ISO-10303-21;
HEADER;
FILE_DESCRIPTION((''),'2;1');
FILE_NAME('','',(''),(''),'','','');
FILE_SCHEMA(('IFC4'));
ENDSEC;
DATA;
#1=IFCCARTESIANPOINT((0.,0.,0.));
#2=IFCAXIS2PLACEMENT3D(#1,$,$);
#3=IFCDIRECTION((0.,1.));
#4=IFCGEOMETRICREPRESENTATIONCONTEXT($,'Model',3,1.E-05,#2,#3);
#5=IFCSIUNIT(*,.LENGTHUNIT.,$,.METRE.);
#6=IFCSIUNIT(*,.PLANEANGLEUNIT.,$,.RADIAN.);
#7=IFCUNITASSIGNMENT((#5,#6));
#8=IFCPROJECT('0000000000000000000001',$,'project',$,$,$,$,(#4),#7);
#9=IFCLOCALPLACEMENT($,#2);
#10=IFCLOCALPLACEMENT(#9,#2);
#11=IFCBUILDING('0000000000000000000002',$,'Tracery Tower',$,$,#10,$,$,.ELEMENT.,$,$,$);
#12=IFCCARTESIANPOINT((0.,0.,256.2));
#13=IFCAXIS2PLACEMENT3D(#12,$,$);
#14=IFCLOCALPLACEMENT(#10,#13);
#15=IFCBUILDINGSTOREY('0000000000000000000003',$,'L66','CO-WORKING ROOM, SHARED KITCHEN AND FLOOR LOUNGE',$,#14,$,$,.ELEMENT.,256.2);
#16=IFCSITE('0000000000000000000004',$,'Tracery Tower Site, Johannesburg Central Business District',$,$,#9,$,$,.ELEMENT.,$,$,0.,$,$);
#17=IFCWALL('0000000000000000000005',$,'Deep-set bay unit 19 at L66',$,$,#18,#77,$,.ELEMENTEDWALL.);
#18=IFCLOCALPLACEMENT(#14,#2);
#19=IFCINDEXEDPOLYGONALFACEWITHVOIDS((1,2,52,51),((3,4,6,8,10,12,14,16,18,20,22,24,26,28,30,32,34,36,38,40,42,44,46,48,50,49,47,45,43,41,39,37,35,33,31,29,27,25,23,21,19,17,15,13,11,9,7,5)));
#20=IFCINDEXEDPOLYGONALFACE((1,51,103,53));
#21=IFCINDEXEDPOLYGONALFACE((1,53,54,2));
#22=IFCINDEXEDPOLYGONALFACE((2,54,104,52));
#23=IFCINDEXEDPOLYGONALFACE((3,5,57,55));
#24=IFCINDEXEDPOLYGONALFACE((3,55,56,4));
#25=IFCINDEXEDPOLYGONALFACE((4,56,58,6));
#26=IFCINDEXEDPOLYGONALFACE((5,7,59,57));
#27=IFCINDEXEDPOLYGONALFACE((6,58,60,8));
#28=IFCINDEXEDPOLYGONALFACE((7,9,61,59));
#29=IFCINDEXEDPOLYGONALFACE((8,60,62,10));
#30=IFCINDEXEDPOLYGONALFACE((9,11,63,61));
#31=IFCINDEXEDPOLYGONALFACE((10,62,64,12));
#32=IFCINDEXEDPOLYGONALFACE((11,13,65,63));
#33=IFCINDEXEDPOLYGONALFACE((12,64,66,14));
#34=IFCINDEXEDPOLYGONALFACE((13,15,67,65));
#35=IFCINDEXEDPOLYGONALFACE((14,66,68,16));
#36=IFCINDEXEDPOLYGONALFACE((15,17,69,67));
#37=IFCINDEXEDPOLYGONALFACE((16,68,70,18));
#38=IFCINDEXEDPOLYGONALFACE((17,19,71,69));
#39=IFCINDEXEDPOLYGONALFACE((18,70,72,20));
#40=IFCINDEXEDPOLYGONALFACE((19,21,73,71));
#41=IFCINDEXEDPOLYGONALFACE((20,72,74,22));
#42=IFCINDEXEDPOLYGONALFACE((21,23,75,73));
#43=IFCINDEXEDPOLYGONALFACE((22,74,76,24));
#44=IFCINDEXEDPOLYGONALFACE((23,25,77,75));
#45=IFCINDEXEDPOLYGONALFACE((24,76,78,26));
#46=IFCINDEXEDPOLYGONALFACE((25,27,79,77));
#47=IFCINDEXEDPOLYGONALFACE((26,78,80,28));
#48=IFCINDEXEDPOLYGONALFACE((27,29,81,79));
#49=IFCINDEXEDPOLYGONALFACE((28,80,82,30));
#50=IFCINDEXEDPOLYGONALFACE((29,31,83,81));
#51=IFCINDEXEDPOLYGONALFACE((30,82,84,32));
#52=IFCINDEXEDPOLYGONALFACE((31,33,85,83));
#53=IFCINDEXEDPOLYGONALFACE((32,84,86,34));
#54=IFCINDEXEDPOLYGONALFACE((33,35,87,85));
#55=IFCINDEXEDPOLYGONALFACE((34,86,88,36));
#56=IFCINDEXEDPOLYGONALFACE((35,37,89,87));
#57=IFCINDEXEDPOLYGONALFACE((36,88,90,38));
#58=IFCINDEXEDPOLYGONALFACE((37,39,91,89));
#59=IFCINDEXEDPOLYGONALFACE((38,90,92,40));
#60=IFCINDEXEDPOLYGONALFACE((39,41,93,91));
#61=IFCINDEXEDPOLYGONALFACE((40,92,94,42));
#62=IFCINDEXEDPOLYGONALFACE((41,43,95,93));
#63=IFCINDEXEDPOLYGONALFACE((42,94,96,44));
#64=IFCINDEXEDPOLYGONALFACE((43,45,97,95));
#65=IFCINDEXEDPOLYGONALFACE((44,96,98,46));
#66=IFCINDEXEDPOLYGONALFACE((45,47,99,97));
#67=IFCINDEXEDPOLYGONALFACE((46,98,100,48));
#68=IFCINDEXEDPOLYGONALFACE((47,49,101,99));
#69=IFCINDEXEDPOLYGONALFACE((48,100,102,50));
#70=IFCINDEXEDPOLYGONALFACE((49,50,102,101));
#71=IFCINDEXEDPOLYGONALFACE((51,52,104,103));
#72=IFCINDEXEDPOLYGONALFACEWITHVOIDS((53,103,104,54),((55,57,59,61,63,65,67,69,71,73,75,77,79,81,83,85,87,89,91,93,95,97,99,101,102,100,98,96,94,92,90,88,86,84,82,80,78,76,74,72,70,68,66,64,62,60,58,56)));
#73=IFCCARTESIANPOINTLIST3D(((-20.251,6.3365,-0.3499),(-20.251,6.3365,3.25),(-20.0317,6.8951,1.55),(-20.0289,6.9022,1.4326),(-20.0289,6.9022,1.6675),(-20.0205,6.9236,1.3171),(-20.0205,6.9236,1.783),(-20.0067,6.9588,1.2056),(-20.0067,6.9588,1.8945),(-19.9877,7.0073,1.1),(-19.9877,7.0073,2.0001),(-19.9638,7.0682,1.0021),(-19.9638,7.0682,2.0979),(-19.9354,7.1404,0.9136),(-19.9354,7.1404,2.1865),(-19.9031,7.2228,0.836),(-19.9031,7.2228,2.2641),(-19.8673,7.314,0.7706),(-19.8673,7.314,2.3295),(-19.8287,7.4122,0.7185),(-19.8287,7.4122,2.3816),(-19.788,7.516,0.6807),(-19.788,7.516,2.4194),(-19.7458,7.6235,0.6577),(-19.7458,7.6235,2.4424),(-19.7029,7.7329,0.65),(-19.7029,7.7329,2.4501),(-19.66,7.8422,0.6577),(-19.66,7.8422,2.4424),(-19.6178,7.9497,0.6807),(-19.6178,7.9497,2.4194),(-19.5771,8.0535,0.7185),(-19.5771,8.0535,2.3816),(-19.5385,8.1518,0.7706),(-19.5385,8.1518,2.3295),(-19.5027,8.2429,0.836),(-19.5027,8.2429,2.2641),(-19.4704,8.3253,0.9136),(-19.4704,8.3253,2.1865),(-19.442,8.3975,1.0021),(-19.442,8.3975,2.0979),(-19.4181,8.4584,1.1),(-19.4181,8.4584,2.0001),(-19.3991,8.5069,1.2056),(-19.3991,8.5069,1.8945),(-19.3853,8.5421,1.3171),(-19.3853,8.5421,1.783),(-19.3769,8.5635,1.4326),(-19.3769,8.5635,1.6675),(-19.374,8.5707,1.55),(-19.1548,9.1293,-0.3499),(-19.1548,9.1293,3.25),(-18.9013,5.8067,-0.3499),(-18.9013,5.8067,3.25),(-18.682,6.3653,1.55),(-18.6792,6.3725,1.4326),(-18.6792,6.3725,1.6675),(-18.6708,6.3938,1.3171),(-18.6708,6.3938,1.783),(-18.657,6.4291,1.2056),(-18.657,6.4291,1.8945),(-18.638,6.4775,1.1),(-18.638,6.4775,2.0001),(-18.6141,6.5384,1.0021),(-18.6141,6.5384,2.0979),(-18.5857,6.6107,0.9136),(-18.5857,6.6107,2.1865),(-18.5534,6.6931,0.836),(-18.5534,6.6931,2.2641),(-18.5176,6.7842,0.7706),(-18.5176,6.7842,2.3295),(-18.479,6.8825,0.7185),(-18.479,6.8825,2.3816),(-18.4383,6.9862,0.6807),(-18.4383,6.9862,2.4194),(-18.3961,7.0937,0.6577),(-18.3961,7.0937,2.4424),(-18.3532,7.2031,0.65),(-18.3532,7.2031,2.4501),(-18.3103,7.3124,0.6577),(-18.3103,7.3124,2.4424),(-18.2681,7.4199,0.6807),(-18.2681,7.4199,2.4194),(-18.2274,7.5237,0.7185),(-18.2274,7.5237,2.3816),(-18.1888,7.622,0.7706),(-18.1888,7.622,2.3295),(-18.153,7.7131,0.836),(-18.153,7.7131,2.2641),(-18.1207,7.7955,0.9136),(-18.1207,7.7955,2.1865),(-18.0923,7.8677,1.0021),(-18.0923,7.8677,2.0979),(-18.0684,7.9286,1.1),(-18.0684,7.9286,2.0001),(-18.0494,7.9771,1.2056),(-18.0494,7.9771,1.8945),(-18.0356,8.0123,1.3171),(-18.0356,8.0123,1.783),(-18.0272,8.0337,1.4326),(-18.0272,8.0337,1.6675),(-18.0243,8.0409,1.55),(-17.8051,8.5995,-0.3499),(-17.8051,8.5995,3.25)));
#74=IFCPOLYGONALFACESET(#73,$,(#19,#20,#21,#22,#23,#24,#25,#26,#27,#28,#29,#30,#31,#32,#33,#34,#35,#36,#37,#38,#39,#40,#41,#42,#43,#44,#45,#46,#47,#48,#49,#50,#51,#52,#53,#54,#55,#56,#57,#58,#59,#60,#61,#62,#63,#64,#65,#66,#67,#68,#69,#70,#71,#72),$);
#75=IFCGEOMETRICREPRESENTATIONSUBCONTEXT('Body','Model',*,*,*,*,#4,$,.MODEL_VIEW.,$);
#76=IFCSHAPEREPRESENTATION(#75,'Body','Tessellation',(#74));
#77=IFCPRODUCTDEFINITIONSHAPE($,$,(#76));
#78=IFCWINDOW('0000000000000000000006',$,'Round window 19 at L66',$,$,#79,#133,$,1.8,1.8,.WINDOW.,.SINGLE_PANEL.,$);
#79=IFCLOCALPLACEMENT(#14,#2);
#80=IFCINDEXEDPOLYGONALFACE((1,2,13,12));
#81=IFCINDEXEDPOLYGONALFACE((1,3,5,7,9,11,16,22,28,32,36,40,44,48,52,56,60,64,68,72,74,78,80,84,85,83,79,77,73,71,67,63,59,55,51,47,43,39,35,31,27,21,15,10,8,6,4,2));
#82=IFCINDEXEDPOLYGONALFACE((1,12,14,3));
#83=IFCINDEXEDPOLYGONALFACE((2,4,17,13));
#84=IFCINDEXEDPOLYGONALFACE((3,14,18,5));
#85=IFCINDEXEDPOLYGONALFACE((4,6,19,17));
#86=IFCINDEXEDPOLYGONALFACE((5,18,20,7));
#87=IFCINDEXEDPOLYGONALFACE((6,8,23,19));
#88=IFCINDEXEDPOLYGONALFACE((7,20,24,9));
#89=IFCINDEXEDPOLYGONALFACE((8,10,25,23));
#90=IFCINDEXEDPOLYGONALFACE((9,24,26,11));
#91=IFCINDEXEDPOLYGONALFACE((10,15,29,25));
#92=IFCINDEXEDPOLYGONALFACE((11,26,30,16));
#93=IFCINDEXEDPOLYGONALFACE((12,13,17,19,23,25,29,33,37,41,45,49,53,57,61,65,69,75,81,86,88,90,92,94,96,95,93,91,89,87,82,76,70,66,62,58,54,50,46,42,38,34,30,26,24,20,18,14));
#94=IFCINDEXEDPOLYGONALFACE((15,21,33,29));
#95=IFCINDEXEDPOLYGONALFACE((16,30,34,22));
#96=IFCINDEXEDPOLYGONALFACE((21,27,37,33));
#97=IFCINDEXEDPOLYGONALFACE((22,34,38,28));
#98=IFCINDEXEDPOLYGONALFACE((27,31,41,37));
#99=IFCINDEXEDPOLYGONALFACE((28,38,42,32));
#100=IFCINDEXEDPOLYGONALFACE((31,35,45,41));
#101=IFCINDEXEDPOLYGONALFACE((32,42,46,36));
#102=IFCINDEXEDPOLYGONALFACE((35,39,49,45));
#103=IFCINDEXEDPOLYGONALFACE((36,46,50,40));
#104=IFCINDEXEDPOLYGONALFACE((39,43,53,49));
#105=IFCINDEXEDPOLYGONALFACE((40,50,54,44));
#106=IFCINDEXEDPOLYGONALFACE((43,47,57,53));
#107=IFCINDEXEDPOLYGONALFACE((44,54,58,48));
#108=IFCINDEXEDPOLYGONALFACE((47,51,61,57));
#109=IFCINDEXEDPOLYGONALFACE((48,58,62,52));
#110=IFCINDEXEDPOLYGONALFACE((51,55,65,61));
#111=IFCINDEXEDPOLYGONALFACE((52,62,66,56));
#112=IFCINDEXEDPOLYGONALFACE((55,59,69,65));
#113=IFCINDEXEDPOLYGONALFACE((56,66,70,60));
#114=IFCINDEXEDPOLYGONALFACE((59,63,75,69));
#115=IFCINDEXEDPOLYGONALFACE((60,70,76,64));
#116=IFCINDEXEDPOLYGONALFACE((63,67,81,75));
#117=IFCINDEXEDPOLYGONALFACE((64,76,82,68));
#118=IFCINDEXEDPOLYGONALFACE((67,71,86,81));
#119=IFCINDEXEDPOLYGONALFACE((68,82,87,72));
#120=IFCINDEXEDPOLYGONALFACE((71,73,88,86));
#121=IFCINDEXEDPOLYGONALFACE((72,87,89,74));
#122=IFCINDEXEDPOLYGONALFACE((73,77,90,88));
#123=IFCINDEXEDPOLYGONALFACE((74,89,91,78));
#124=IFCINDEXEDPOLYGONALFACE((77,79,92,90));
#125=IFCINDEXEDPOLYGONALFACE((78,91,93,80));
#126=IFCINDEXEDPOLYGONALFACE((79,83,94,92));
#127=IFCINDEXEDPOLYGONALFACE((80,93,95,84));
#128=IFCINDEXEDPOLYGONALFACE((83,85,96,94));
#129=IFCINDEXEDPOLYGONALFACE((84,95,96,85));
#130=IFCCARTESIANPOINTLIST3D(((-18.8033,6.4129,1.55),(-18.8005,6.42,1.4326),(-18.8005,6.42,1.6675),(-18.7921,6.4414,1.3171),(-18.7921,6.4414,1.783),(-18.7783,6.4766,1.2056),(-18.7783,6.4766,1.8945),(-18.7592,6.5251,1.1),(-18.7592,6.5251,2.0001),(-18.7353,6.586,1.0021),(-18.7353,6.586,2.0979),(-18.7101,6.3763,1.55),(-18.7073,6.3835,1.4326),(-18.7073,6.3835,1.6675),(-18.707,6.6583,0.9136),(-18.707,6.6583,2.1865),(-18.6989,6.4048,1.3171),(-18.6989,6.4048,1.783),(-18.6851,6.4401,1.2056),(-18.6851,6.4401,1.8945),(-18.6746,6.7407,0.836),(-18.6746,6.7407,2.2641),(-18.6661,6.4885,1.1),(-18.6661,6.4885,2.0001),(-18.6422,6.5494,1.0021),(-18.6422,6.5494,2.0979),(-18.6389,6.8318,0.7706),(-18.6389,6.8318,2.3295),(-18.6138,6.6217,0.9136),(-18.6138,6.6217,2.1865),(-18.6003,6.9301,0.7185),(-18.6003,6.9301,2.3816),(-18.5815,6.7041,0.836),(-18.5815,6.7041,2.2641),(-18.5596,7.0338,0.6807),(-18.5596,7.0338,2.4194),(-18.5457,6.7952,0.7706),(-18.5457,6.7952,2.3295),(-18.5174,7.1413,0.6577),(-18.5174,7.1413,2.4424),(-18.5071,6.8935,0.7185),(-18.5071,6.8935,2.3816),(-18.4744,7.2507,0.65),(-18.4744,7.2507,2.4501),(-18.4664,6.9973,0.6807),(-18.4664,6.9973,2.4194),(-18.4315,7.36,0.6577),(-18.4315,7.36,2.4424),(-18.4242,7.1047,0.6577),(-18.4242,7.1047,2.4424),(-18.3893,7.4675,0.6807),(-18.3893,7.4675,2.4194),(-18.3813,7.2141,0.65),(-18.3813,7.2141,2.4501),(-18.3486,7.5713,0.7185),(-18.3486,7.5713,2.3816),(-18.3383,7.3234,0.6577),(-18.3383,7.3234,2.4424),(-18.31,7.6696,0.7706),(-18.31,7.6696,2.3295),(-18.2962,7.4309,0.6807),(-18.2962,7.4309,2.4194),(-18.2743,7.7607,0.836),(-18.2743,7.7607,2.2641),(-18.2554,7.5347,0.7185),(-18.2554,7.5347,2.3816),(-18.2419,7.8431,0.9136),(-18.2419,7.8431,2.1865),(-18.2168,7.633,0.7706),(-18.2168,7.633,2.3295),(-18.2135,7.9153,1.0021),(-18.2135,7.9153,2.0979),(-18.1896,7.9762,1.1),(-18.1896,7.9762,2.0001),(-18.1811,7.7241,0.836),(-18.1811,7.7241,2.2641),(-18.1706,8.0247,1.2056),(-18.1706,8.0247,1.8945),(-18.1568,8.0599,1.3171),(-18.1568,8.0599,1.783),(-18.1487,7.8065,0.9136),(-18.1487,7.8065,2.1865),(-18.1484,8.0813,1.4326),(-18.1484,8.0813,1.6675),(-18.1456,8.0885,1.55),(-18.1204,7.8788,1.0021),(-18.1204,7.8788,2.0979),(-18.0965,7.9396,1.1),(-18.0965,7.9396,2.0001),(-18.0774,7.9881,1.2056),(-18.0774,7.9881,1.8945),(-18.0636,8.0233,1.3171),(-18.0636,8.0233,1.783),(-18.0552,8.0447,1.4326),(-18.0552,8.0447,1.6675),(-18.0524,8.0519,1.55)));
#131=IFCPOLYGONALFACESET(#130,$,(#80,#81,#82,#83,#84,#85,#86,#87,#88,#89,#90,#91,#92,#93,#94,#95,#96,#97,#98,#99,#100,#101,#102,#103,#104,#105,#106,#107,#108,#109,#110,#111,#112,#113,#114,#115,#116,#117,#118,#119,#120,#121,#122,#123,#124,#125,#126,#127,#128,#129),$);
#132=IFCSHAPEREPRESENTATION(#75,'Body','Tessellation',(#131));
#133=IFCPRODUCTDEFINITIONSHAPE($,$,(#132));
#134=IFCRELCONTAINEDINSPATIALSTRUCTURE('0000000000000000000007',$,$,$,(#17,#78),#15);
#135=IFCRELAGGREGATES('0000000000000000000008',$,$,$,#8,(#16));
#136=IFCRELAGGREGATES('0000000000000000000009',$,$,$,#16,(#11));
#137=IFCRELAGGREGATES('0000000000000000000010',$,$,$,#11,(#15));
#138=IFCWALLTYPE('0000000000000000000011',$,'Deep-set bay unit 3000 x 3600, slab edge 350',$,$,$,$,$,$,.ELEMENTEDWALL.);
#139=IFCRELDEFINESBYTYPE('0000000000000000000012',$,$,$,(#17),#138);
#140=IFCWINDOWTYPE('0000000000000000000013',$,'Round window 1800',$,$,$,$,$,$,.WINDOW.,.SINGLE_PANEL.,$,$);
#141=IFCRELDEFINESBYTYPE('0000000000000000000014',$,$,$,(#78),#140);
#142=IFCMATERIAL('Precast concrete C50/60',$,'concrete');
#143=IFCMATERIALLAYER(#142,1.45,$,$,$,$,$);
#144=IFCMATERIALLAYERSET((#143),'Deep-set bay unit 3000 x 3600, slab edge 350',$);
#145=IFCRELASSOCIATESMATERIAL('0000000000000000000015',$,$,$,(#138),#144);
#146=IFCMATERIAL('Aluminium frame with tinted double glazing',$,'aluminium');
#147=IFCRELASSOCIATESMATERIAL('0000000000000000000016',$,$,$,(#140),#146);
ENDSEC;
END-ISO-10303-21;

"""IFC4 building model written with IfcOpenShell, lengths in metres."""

from ifc_helpers import new_model, si_unit, direction, frame, frame_2d, origin, origin_2d, place, context, subcontext, project, spatial, rectangle, circle, extrude, material, layer, layer_set, type_object, element, fill, save


model = new_model("IFC4")

# Units and contexts
model_context = context("Model", 3, precision=1e-05, world=origin(), true_north=direction((0.0, 1.0)))
body_context = subcontext(model_context, "Body", "Model", "MODEL_VIEW")
ifc_project = project(units=[si_unit("LENGTHUNIT", "METRE"), si_unit("PLANEANGLEUNIT", "RADIAN")], contexts=[model_context])

# Site, building, storey
site_placement = place(None, origin())
site = spatial("IfcSite", under=ifc_project, at=site_placement, Name="Tracery Tower Site, Johannesburg Central Business District", CompositionType="ELEMENT", RefElevation=0.0)
building_placement = place(site_placement, origin())
building = spatial("IfcBuilding", under=site, at=building_placement, Name="Tracery Tower", CompositionType="ELEMENT")
storey_placement = place(building_placement, frame((0.0, 0.0, 256.2)))
storey = spatial("IfcBuildingStorey", under=building, at=storey_placement, Name="L66", Description="CO-WORKING ROOM, SHARED KITCHEN AND FLOOR LOUNGE", CompositionType="ELEMENT", Elevation=256.2)

# Wall, opening, window
ifc_material_1 = material(Name="Precast concrete C50/60", Category="concrete")
ifc_layer_1 = layer(ifc_material_1, 1.45)
ifc_layer_set_1 = layer_set([ifc_layer_1], Name="Deep-set bay unit 3000 x 3600, slab edge 350")
wall_type_1 = type_object("IfcWallType", Name="Deep-set bay unit 3000 x 3600, slab edge 350", PredefinedType="ELEMENTEDWALL", material=ifc_layer_set_1)
ifc_material_2 = material(Name="Aluminium frame with tinted double glazing", Category="aluminium")
window_type = type_object("IfcWindowType", Name="Round window 1800", PartitioningType="SINGLE_PANEL", PredefinedType="WINDOW", material=ifc_material_2)
wall_1_placement = place(storey_placement, frame((-18.48, 8.8643, -0.3499), z_axis=(0.0, 0.0, 1.0), x_axis=(-0.365378, -0.930859, 0.0)))
wall_1 = element("IfcWall", 1, at=wall_1_placement, inside=storey, type_object=wall_type_1, Name="Deep-set bay unit 19 at L66", PredefinedType="ELEMENTEDWALL", context=body_context, shape_type="SweptSolid", body=[
    extrude(rectangle(XDim=3.0002, YDim=1.45, at=frame_2d((1.5, 0.0))), origin(), (0.0, 0.0, 1.0), 3.5999),
])
opening_1_placement = place(wall_1_placement, frame((1.5, 0.0, 1.8999)))
opening_1 = element("IfcOpeningElement", 2, at=opening_1_placement, cuts=wall_1, PredefinedType="OPENING", context=body_context, shape_type="SweptSolid", body=[
    extrude(circle(Radius=0.9, at=origin_2d()), frame((0.0, 0.7349, 0.0), z_axis=(0.0, -1.0, 0.0), x_axis=(1.0, 0.0, 0.0)), (0.0, 0.0, 1.0), 1.47),
])
window_1_placement = place(opening_1_placement, origin())
window_1 = element("IfcWindow", 3, at=window_1_placement, inside=storey, type_object=window_type, Name="Round window 19 at L66", OverallHeight=1.8, OverallWidth=1.8, PartitioningType="SINGLE_PANEL", PredefinedType="WINDOW", context=body_context, shape_type="SweptSolid", body=[
    extrude(circle(Radius=0.9, at=origin_2d()), frame((0.0, 0.6948, 0.0), z_axis=(0.0, -1.0, 0.0), x_axis=(1.0, 0.0, 0.0)), (0.0, 0.0, 1.0), 0.1001),
])
fill(opening_1, window_1)

save(model, "model.ifc")
